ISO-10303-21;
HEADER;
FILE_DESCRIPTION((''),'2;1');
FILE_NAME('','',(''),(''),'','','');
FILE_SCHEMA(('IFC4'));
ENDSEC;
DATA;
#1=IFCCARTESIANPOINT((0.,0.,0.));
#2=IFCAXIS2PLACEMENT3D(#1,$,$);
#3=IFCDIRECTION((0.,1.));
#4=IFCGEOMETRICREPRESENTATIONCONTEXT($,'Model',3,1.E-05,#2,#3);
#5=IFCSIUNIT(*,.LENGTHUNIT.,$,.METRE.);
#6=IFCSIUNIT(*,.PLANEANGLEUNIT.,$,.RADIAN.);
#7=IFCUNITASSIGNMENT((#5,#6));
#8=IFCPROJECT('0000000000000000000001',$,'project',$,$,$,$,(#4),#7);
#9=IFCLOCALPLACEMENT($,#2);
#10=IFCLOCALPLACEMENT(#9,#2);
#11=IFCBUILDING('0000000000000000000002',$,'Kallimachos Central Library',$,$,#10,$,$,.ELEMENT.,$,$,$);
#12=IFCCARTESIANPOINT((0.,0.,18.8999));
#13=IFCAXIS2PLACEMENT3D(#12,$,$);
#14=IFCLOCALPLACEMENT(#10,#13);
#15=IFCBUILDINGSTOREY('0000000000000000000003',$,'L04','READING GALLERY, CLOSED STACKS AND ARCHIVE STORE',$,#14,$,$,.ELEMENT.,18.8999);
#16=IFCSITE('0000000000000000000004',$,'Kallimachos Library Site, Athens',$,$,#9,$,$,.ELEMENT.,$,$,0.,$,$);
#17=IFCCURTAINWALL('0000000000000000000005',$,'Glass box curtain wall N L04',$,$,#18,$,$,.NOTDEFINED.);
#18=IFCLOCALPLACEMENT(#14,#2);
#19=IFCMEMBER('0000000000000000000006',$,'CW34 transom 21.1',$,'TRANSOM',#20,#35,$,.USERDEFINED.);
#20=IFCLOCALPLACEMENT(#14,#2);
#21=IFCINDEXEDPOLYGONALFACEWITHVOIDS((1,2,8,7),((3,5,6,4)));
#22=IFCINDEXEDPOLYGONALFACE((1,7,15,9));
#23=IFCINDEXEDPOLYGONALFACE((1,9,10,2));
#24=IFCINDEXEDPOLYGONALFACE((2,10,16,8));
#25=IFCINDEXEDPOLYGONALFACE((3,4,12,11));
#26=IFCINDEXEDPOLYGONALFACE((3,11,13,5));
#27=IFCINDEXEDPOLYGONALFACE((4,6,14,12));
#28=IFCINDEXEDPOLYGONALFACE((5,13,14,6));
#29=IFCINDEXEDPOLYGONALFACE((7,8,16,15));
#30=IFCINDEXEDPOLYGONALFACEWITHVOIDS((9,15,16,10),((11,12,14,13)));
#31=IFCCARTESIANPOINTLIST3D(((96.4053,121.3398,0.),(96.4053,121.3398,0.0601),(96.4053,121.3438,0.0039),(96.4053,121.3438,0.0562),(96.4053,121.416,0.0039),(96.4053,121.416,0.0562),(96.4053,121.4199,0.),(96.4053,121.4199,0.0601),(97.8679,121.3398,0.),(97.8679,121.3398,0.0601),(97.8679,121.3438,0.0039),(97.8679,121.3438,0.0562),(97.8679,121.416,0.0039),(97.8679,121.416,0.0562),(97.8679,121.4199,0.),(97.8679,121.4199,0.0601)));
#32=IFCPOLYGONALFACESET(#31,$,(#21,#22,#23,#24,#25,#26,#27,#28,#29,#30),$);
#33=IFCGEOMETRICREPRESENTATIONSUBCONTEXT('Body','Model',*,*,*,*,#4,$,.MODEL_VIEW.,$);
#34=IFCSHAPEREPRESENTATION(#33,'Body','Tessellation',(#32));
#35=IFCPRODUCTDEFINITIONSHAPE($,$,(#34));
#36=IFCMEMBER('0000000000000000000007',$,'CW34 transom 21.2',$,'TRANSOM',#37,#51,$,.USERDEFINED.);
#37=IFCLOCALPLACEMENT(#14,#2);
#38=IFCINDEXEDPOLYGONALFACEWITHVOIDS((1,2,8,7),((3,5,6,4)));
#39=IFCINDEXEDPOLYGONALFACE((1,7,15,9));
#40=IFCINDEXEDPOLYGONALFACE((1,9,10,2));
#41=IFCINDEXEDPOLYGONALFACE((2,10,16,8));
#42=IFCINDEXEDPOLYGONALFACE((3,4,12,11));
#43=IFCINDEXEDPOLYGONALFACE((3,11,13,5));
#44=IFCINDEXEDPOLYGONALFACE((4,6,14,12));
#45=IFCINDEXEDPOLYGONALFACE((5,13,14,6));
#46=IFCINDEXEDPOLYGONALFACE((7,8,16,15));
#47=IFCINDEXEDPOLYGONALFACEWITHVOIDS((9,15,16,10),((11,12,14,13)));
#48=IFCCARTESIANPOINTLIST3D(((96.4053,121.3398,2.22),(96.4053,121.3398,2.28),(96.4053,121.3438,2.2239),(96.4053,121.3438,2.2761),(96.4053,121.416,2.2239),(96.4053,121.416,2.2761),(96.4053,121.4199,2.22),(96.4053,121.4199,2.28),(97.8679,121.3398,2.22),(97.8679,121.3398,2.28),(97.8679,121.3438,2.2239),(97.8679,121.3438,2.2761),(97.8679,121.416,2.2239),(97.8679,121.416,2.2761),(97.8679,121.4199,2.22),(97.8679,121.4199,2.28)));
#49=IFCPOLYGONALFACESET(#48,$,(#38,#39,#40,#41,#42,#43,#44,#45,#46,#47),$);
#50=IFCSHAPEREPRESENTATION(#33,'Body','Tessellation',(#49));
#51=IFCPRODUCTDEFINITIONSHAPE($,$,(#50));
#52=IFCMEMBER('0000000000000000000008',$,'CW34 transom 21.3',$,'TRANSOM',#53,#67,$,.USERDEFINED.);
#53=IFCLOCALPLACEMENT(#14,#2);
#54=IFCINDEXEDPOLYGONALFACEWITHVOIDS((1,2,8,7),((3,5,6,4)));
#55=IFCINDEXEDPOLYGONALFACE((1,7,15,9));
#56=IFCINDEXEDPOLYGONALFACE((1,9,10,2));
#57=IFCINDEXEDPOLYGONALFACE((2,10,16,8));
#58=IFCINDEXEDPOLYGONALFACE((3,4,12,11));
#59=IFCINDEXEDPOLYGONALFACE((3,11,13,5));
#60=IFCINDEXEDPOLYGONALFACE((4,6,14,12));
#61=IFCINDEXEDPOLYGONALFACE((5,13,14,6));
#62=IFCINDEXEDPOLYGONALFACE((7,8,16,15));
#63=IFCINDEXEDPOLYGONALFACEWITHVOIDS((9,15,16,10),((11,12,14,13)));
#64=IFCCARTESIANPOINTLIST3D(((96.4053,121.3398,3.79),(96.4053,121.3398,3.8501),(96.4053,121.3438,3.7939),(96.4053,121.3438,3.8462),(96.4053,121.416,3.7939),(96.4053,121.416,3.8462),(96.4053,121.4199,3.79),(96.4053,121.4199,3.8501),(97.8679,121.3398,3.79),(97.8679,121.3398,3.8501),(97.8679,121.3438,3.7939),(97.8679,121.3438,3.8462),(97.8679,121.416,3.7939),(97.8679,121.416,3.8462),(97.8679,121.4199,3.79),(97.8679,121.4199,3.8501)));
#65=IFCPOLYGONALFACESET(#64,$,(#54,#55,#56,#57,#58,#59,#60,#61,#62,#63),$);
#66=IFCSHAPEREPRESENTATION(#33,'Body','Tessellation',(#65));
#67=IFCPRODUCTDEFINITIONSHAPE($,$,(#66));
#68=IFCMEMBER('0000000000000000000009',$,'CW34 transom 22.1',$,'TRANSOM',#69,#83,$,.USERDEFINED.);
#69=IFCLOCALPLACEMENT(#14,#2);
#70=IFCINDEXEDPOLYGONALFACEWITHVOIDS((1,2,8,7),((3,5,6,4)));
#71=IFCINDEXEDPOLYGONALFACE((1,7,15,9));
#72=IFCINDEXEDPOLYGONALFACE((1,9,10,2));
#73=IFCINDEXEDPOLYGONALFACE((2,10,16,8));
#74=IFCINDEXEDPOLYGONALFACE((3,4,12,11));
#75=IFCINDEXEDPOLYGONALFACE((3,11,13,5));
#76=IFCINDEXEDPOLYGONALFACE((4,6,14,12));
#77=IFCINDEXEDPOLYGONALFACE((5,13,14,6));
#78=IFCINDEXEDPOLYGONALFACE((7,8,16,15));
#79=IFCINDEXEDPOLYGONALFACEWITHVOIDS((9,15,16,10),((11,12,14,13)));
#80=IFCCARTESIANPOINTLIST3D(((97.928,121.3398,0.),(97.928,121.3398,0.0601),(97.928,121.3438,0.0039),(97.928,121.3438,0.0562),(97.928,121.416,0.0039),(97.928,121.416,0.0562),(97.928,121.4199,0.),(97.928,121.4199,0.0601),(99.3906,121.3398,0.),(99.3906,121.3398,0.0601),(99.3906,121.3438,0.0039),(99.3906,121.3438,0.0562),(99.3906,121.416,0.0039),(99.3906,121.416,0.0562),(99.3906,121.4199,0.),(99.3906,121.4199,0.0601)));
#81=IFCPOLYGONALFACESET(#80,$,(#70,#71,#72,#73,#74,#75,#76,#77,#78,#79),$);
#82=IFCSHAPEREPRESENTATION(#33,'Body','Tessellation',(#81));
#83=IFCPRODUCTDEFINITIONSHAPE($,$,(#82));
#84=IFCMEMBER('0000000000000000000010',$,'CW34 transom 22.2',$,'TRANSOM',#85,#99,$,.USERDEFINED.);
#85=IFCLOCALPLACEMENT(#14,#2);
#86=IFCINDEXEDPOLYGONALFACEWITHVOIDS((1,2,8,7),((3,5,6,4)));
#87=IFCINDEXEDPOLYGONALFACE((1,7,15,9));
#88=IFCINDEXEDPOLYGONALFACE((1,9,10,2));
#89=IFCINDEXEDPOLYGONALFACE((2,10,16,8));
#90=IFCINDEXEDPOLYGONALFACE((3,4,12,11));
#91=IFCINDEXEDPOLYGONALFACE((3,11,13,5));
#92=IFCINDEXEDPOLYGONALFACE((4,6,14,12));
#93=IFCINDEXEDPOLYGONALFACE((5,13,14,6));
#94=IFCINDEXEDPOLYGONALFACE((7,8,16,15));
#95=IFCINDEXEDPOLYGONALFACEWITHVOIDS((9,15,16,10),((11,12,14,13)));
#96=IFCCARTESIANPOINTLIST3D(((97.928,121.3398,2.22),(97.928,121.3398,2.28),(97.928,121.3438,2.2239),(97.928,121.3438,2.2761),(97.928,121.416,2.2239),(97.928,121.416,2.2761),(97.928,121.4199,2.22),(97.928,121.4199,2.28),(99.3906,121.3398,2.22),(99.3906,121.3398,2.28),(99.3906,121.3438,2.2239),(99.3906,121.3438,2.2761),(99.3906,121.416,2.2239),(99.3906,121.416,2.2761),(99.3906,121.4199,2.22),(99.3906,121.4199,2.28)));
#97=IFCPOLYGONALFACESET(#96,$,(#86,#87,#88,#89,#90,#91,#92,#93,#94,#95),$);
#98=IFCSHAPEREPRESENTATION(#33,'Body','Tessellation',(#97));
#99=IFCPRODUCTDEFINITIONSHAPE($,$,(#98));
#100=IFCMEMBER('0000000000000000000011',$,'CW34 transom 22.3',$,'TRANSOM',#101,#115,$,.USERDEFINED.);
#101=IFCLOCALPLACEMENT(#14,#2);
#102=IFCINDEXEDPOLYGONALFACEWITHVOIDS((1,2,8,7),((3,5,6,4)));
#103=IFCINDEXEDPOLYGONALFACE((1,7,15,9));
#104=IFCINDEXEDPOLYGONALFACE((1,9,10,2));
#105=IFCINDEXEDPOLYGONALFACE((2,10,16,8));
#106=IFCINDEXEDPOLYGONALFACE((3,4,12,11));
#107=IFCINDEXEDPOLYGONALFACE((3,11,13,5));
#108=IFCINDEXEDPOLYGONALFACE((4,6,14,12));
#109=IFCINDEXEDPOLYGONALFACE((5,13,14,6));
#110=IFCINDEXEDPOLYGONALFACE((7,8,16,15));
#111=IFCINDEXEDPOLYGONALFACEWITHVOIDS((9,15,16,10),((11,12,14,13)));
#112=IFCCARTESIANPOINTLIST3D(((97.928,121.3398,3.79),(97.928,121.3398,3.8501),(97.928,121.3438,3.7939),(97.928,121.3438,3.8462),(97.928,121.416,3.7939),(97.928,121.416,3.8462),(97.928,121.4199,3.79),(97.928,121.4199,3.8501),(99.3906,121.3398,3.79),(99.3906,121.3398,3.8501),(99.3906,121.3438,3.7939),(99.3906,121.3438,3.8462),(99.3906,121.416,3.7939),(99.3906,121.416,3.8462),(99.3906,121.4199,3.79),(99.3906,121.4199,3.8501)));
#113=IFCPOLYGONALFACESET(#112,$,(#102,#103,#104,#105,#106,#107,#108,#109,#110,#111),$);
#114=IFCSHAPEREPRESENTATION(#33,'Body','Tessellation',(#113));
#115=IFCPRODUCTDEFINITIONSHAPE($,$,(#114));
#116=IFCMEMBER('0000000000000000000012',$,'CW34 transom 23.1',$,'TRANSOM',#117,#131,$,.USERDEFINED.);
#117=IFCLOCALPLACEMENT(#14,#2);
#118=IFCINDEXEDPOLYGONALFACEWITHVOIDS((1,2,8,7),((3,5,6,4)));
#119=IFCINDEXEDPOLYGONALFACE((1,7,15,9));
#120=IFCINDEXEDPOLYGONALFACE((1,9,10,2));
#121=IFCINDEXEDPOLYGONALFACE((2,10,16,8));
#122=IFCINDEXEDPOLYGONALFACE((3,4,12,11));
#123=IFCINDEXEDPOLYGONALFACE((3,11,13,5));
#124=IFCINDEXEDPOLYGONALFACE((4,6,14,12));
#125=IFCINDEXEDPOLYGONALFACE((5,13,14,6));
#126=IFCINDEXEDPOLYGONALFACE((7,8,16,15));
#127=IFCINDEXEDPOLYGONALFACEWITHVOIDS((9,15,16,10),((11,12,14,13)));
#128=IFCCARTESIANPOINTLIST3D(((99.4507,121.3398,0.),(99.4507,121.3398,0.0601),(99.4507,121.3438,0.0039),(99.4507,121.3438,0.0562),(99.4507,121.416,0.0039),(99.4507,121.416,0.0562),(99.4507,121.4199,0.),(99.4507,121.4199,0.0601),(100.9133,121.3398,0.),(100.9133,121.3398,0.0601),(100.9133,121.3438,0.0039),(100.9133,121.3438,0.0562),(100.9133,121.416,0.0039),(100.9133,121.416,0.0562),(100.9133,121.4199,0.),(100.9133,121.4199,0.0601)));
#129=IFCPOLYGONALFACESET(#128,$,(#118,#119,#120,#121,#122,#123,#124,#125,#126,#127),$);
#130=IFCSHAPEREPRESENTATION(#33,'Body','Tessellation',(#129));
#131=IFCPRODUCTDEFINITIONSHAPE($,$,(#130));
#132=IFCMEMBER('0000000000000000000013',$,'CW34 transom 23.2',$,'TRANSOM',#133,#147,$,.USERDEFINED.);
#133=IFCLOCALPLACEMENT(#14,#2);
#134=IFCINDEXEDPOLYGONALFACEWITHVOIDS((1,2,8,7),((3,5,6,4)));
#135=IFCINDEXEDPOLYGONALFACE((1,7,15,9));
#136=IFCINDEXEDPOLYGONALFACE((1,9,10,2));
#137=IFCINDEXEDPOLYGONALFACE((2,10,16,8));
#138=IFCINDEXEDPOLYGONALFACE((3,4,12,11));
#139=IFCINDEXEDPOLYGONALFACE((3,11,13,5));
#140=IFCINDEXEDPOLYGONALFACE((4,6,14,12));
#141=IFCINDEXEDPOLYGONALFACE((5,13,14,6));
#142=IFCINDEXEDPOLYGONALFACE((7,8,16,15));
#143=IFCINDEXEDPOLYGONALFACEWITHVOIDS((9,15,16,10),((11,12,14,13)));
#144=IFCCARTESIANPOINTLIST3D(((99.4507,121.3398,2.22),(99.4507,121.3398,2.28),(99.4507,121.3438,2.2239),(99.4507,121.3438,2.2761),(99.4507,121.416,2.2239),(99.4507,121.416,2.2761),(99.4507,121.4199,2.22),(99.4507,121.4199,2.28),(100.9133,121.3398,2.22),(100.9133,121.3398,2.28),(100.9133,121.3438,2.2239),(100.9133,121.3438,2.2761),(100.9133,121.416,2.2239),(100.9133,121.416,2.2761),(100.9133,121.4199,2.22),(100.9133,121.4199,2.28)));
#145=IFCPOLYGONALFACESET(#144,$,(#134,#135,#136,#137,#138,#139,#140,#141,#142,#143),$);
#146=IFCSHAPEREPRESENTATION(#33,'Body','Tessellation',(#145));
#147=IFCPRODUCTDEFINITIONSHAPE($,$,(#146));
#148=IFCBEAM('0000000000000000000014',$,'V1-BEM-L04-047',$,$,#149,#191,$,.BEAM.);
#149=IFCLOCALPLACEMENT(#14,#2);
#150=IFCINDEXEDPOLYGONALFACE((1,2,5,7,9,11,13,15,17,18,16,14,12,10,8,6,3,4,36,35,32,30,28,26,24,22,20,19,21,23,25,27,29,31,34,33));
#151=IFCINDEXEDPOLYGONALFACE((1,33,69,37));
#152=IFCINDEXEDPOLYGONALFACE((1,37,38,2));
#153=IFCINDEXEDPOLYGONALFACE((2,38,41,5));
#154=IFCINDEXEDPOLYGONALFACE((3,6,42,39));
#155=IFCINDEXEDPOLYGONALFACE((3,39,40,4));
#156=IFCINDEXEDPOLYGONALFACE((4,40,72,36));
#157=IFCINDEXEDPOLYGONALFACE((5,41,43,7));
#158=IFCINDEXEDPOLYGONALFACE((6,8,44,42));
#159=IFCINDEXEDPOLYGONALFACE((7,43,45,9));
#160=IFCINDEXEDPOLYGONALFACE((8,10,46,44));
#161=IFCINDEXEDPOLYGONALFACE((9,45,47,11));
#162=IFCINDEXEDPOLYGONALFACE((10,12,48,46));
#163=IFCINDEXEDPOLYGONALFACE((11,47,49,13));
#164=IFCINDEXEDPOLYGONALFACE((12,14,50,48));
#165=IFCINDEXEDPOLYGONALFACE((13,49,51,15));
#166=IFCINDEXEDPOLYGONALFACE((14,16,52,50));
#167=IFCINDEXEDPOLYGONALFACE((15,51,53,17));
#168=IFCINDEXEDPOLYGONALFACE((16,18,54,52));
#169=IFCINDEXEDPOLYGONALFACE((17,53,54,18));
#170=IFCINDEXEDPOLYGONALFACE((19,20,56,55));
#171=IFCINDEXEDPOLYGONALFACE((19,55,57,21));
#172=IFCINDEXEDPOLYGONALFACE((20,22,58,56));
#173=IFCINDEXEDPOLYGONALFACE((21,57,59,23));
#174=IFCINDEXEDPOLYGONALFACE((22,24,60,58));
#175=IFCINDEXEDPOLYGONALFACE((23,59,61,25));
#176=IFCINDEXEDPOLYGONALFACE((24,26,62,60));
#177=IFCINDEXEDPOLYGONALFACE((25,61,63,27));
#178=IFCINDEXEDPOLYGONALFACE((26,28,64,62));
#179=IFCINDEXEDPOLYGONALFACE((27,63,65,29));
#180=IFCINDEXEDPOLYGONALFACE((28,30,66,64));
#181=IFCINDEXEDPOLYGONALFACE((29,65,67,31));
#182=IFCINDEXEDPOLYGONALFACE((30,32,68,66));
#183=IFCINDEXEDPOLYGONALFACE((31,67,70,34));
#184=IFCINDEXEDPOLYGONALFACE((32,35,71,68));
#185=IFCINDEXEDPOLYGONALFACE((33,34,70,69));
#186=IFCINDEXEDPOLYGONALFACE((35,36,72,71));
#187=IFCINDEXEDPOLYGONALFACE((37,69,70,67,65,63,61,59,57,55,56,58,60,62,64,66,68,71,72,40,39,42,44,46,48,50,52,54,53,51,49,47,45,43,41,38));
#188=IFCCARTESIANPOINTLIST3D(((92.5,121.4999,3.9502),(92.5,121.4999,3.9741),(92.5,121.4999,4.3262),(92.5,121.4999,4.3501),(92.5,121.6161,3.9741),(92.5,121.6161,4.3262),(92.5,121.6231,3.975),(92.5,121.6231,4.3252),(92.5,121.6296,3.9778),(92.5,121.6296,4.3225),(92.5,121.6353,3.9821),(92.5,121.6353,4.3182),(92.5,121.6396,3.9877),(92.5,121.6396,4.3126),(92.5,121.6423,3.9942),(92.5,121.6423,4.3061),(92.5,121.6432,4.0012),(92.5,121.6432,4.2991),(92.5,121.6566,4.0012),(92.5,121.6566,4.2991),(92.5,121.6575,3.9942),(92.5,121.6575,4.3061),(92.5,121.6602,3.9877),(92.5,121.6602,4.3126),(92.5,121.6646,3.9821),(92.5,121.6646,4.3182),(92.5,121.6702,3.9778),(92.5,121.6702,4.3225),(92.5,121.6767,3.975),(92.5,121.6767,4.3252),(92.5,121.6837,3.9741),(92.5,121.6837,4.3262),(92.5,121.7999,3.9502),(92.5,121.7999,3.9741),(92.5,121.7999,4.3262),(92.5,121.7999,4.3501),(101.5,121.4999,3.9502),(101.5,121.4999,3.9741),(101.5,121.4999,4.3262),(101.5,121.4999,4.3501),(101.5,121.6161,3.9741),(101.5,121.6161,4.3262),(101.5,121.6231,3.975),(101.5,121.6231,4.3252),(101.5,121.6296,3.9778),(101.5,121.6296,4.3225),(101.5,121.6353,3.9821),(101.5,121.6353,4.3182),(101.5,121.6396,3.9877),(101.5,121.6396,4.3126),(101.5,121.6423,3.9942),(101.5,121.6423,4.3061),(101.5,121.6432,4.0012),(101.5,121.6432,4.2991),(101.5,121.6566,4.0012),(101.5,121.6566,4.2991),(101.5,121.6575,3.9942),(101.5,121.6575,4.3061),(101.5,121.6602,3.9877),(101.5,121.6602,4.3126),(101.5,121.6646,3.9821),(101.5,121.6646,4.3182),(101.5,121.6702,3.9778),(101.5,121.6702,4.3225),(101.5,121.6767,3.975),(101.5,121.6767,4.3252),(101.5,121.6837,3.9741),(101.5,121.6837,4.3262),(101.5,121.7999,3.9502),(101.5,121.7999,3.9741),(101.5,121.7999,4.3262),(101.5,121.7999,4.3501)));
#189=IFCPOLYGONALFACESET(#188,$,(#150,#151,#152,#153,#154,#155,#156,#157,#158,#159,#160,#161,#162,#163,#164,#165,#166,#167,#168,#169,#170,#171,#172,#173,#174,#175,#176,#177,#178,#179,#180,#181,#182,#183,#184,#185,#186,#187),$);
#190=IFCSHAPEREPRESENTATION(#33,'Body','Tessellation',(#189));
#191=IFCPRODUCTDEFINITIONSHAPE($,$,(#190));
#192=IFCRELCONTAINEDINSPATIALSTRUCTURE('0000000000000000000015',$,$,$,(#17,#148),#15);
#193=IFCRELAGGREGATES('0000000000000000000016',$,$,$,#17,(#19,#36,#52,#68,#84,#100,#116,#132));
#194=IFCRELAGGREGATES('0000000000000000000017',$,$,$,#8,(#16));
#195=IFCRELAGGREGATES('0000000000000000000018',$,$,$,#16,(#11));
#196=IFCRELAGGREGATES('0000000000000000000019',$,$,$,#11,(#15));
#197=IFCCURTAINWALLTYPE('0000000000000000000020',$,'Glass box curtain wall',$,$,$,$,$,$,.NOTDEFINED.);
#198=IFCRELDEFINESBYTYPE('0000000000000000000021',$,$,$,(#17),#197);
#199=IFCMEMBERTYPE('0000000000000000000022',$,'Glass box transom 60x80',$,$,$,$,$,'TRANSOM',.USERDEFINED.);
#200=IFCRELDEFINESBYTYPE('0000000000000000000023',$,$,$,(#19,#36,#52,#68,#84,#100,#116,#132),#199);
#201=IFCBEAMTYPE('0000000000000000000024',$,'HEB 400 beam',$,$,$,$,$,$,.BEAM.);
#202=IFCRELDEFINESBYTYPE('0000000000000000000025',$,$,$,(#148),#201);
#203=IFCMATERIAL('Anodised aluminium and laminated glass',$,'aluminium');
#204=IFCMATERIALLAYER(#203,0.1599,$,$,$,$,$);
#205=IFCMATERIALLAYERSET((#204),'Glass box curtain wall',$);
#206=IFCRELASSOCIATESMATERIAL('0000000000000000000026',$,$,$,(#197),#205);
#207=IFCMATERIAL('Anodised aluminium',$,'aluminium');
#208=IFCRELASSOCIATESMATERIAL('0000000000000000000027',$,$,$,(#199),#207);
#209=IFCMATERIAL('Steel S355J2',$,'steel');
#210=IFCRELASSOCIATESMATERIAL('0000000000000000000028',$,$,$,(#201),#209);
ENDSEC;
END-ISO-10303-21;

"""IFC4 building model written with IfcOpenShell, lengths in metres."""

from ifc_helpers import new_model, si_unit, direction, frame, origin, origin_2d, place, context, subcontext, project, spatial, hollow_rectangle, i_section, extrude, material, layer, layer_set, material_profile, profile_set, type_object, element, aggregate, save


model = new_model("IFC4")

# Units and contexts
model_context = context("Model", 3, precision=1e-05, world=origin(), true_north=direction((0.0, 1.0)))
body_context = subcontext(model_context, "Body", "Model", "MODEL_VIEW")
ifc_project = project(units=[si_unit("LENGTHUNIT", "METRE"), si_unit("PLANEANGLEUNIT", "RADIAN")], contexts=[model_context])

# Site, building, storey
site_placement = place(None, origin())
site = spatial("IfcSite", under=ifc_project, at=site_placement, Name="Kallimachos Library Site, Athens", CompositionType="ELEMENT", RefElevation=0.0)
building_placement = place(site_placement, origin())
building = spatial("IfcBuilding", under=site, at=building_placement, Name="Kallimachos Central Library", CompositionType="ELEMENT")
storey_placement = place(building_placement, frame((0.0, 0.0, 18.8999)))
storey = spatial("IfcBuildingStorey", under=building, at=storey_placement, Name="L04", Description="READING GALLERY, CLOSED STACKS AND ARCHIVE STORE", CompositionType="ELEMENT", Elevation=18.8999)

# Curtain wall, members
ifc_material_1 = material(Name="Anodised aluminium and laminated glass", Category="aluminium")
ifc_layer_1 = layer(ifc_material_1, 0.1599)
ifc_layer_set_1 = layer_set([ifc_layer_1], Name="Glass box curtain wall")
curtain_wall_type = type_object("IfcCurtainWallType", Name="Glass box curtain wall", PredefinedType="NOTDEFINED", material=ifc_layer_set_1)
curtain_wall_placement = place(storey_placement, origin())
curtain_wall = element("IfcCurtainWall", 1, at=curtain_wall_placement, inside=storey, type_object=curtain_wall_type, Name="Glass box curtain wall N L04", PredefinedType="NOTDEFINED")
ifc_material_2 = material(Name="Anodised aluminium", Category="aluminium")
ifc_material_profile_1 = material_profile(ifc_material_2, hollow_rectangle(XDim=0.0601, YDim=0.0801, WallThickness=0.0039, at=origin_2d()), Name="ALU TRANSOM 60x80")
ifc_profile_set_1 = profile_set([ifc_material_profile_1], Name="Anodised aluminium")
member_type_1 = type_object("IfcMemberType", Name="Glass box transom 60x80", ElementType="TRANSOM", PredefinedType="USERDEFINED", material=ifc_profile_set_1)
member_1_placement = place(storey_placement, frame((96.4053, 121.3799, 0.03), z_axis=(1.0, 0.0, 0.0), x_axis=(0.0, 0.0, 1.0)))
member_1 = element("IfcMember", 2, at=member_1_placement, type_object=member_type_1, Name="CW34 transom 21.1", ObjectType="TRANSOM", PredefinedType="USERDEFINED", context=body_context, shape_type="SweptSolid", body=[
    extrude(hollow_rectangle(XDim=0.0601, YDim=0.0801, WallThickness=0.0039, at=origin_2d()), origin(), (0.0, 0.0, 1.0), 1.4626),
])
member_2_placement = place(storey_placement, frame((96.4053, 121.3799, 2.25), z_axis=(1.0, 0.0, 0.0), x_axis=(0.0, 0.0, 1.0)))
member_2 = element("IfcMember", 3, at=member_2_placement, type_object=member_type_1, Name="CW34 transom 21.2", ObjectType="TRANSOM", PredefinedType="USERDEFINED", context=body_context, shape_type="SweptSolid", body=[
    extrude(hollow_rectangle(XDim=0.0601, YDim=0.0801, WallThickness=0.0039, at=origin_2d()), origin(), (0.0, 0.0, 1.0), 1.4626),
])
member_3_placement = place(storey_placement, frame((96.4053, 121.3799, 3.8201), z_axis=(1.0, 0.0, 0.0), x_axis=(0.0, 0.0, 1.0)))
member_3 = element("IfcMember", 4, at=member_3_placement, type_object=member_type_1, Name="CW34 transom 21.3", ObjectType="TRANSOM", PredefinedType="USERDEFINED", context=body_context, shape_type="SweptSolid", body=[
    extrude(hollow_rectangle(XDim=0.0601, YDim=0.0801, WallThickness=0.0039, at=origin_2d()), origin(), (0.0, 0.0, 1.0), 1.4626),
])
member_4_placement = place(storey_placement, frame((97.928, 121.3799, 0.03), z_axis=(1.0, 0.0, 0.0), x_axis=(0.0, 0.0, 1.0)))
member_4 = element("IfcMember", 5, at=member_4_placement, type_object=member_type_1, Name="CW34 transom 22.1", ObjectType="TRANSOM", PredefinedType="USERDEFINED", context=body_context, shape_type="SweptSolid", body=[
    extrude(hollow_rectangle(XDim=0.0601, YDim=0.0801, WallThickness=0.0039, at=origin_2d()), origin(), (0.0, 0.0, 1.0), 1.4626),
])
member_5_placement = place(storey_placement, frame((97.928, 121.3799, 2.25), z_axis=(1.0, 0.0, 0.0), x_axis=(0.0, 0.0, 1.0)))
member_5 = element("IfcMember", 6, at=member_5_placement, type_object=member_type_1, Name="CW34 transom 22.2", ObjectType="TRANSOM", PredefinedType="USERDEFINED", context=body_context, shape_type="SweptSolid", body=[
    extrude(hollow_rectangle(XDim=0.0601, YDim=0.0801, WallThickness=0.0039, at=origin_2d()), origin(), (0.0, 0.0, 1.0), 1.4626),
])
member_6_placement = place(storey_placement, frame((97.928, 121.3799, 3.8201), z_axis=(1.0, 0.0, 0.0), x_axis=(0.0, 0.0, 1.0)))
member_6 = element("IfcMember", 7, at=member_6_placement, type_object=member_type_1, Name="CW34 transom 22.3", ObjectType="TRANSOM", PredefinedType="USERDEFINED", context=body_context, shape_type="SweptSolid", body=[
    extrude(hollow_rectangle(XDim=0.0601, YDim=0.0801, WallThickness=0.0039, at=origin_2d()), origin(), (0.0, 0.0, 1.0), 1.4626),
])
member_7_placement = place(storey_placement, frame((99.4507, 121.3799, 0.03), z_axis=(1.0, 0.0, 0.0), x_axis=(0.0, 0.0, 1.0)))
member_7 = element("IfcMember", 8, at=member_7_placement, type_object=member_type_1, Name="CW34 transom 23.1", ObjectType="TRANSOM", PredefinedType="USERDEFINED", context=body_context, shape_type="SweptSolid", body=[
    extrude(hollow_rectangle(XDim=0.0601, YDim=0.0801, WallThickness=0.0039, at=origin_2d()), origin(), (0.0, 0.0, 1.0), 1.4626),
])
member_8_placement = place(storey_placement, frame((99.4507, 121.3799, 2.25), z_axis=(1.0, 0.0, 0.0), x_axis=(0.0, 0.0, 1.0)))
member_8 = element("IfcMember", 9, at=member_8_placement, type_object=member_type_1, Name="CW34 transom 23.2", ObjectType="TRANSOM", PredefinedType="USERDEFINED", context=body_context, shape_type="SweptSolid", body=[
    extrude(hollow_rectangle(XDim=0.0601, YDim=0.0801, WallThickness=0.0039, at=origin_2d()), origin(), (0.0, 0.0, 1.0), 1.4626),
])

# Beam
ifc_material_3 = material(Name="Steel S355J2", Category="steel")
ifc_material_profile_2 = material_profile(ifc_material_3, i_section(OverallWidth=0.3, OverallDepth=0.3999, WebThickness=0.0134, FlangeThickness=0.0239, FilletRadius=0.0271, at=origin_2d()), Name="HEB 400")
ifc_profile_set_2 = profile_set([ifc_material_profile_2], Name="Steel S355J2")
beam_type = type_object("IfcBeamType", Name="HEB 400 beam", PredefinedType="BEAM", material=ifc_profile_set_2)
beam_placement = place(storey_placement, frame((92.5, 121.6499, 4.1501), z_axis=(1.0, 0.0, 0.0), x_axis=(0.0, 1.0, 0.0)))
element("IfcBeam", 10, at=beam_placement, inside=storey, type_object=beam_type, Name="V1-BEM-L04-047", PredefinedType="BEAM", context=body_context, shape_type="SweptSolid", body=[
    extrude(i_section(OverallWidth=0.3, OverallDepth=0.3999, WebThickness=0.0134, FlangeThickness=0.0239, FilletRadius=0.0271, at=origin_2d()), origin(), (0.0, 0.0, 1.0), 9.0),
])

aggregate(curtain_wall, [member_1, member_2, member_3, member_4, member_5, member_6, member_7, member_8])

save(model, "model.ifc")
